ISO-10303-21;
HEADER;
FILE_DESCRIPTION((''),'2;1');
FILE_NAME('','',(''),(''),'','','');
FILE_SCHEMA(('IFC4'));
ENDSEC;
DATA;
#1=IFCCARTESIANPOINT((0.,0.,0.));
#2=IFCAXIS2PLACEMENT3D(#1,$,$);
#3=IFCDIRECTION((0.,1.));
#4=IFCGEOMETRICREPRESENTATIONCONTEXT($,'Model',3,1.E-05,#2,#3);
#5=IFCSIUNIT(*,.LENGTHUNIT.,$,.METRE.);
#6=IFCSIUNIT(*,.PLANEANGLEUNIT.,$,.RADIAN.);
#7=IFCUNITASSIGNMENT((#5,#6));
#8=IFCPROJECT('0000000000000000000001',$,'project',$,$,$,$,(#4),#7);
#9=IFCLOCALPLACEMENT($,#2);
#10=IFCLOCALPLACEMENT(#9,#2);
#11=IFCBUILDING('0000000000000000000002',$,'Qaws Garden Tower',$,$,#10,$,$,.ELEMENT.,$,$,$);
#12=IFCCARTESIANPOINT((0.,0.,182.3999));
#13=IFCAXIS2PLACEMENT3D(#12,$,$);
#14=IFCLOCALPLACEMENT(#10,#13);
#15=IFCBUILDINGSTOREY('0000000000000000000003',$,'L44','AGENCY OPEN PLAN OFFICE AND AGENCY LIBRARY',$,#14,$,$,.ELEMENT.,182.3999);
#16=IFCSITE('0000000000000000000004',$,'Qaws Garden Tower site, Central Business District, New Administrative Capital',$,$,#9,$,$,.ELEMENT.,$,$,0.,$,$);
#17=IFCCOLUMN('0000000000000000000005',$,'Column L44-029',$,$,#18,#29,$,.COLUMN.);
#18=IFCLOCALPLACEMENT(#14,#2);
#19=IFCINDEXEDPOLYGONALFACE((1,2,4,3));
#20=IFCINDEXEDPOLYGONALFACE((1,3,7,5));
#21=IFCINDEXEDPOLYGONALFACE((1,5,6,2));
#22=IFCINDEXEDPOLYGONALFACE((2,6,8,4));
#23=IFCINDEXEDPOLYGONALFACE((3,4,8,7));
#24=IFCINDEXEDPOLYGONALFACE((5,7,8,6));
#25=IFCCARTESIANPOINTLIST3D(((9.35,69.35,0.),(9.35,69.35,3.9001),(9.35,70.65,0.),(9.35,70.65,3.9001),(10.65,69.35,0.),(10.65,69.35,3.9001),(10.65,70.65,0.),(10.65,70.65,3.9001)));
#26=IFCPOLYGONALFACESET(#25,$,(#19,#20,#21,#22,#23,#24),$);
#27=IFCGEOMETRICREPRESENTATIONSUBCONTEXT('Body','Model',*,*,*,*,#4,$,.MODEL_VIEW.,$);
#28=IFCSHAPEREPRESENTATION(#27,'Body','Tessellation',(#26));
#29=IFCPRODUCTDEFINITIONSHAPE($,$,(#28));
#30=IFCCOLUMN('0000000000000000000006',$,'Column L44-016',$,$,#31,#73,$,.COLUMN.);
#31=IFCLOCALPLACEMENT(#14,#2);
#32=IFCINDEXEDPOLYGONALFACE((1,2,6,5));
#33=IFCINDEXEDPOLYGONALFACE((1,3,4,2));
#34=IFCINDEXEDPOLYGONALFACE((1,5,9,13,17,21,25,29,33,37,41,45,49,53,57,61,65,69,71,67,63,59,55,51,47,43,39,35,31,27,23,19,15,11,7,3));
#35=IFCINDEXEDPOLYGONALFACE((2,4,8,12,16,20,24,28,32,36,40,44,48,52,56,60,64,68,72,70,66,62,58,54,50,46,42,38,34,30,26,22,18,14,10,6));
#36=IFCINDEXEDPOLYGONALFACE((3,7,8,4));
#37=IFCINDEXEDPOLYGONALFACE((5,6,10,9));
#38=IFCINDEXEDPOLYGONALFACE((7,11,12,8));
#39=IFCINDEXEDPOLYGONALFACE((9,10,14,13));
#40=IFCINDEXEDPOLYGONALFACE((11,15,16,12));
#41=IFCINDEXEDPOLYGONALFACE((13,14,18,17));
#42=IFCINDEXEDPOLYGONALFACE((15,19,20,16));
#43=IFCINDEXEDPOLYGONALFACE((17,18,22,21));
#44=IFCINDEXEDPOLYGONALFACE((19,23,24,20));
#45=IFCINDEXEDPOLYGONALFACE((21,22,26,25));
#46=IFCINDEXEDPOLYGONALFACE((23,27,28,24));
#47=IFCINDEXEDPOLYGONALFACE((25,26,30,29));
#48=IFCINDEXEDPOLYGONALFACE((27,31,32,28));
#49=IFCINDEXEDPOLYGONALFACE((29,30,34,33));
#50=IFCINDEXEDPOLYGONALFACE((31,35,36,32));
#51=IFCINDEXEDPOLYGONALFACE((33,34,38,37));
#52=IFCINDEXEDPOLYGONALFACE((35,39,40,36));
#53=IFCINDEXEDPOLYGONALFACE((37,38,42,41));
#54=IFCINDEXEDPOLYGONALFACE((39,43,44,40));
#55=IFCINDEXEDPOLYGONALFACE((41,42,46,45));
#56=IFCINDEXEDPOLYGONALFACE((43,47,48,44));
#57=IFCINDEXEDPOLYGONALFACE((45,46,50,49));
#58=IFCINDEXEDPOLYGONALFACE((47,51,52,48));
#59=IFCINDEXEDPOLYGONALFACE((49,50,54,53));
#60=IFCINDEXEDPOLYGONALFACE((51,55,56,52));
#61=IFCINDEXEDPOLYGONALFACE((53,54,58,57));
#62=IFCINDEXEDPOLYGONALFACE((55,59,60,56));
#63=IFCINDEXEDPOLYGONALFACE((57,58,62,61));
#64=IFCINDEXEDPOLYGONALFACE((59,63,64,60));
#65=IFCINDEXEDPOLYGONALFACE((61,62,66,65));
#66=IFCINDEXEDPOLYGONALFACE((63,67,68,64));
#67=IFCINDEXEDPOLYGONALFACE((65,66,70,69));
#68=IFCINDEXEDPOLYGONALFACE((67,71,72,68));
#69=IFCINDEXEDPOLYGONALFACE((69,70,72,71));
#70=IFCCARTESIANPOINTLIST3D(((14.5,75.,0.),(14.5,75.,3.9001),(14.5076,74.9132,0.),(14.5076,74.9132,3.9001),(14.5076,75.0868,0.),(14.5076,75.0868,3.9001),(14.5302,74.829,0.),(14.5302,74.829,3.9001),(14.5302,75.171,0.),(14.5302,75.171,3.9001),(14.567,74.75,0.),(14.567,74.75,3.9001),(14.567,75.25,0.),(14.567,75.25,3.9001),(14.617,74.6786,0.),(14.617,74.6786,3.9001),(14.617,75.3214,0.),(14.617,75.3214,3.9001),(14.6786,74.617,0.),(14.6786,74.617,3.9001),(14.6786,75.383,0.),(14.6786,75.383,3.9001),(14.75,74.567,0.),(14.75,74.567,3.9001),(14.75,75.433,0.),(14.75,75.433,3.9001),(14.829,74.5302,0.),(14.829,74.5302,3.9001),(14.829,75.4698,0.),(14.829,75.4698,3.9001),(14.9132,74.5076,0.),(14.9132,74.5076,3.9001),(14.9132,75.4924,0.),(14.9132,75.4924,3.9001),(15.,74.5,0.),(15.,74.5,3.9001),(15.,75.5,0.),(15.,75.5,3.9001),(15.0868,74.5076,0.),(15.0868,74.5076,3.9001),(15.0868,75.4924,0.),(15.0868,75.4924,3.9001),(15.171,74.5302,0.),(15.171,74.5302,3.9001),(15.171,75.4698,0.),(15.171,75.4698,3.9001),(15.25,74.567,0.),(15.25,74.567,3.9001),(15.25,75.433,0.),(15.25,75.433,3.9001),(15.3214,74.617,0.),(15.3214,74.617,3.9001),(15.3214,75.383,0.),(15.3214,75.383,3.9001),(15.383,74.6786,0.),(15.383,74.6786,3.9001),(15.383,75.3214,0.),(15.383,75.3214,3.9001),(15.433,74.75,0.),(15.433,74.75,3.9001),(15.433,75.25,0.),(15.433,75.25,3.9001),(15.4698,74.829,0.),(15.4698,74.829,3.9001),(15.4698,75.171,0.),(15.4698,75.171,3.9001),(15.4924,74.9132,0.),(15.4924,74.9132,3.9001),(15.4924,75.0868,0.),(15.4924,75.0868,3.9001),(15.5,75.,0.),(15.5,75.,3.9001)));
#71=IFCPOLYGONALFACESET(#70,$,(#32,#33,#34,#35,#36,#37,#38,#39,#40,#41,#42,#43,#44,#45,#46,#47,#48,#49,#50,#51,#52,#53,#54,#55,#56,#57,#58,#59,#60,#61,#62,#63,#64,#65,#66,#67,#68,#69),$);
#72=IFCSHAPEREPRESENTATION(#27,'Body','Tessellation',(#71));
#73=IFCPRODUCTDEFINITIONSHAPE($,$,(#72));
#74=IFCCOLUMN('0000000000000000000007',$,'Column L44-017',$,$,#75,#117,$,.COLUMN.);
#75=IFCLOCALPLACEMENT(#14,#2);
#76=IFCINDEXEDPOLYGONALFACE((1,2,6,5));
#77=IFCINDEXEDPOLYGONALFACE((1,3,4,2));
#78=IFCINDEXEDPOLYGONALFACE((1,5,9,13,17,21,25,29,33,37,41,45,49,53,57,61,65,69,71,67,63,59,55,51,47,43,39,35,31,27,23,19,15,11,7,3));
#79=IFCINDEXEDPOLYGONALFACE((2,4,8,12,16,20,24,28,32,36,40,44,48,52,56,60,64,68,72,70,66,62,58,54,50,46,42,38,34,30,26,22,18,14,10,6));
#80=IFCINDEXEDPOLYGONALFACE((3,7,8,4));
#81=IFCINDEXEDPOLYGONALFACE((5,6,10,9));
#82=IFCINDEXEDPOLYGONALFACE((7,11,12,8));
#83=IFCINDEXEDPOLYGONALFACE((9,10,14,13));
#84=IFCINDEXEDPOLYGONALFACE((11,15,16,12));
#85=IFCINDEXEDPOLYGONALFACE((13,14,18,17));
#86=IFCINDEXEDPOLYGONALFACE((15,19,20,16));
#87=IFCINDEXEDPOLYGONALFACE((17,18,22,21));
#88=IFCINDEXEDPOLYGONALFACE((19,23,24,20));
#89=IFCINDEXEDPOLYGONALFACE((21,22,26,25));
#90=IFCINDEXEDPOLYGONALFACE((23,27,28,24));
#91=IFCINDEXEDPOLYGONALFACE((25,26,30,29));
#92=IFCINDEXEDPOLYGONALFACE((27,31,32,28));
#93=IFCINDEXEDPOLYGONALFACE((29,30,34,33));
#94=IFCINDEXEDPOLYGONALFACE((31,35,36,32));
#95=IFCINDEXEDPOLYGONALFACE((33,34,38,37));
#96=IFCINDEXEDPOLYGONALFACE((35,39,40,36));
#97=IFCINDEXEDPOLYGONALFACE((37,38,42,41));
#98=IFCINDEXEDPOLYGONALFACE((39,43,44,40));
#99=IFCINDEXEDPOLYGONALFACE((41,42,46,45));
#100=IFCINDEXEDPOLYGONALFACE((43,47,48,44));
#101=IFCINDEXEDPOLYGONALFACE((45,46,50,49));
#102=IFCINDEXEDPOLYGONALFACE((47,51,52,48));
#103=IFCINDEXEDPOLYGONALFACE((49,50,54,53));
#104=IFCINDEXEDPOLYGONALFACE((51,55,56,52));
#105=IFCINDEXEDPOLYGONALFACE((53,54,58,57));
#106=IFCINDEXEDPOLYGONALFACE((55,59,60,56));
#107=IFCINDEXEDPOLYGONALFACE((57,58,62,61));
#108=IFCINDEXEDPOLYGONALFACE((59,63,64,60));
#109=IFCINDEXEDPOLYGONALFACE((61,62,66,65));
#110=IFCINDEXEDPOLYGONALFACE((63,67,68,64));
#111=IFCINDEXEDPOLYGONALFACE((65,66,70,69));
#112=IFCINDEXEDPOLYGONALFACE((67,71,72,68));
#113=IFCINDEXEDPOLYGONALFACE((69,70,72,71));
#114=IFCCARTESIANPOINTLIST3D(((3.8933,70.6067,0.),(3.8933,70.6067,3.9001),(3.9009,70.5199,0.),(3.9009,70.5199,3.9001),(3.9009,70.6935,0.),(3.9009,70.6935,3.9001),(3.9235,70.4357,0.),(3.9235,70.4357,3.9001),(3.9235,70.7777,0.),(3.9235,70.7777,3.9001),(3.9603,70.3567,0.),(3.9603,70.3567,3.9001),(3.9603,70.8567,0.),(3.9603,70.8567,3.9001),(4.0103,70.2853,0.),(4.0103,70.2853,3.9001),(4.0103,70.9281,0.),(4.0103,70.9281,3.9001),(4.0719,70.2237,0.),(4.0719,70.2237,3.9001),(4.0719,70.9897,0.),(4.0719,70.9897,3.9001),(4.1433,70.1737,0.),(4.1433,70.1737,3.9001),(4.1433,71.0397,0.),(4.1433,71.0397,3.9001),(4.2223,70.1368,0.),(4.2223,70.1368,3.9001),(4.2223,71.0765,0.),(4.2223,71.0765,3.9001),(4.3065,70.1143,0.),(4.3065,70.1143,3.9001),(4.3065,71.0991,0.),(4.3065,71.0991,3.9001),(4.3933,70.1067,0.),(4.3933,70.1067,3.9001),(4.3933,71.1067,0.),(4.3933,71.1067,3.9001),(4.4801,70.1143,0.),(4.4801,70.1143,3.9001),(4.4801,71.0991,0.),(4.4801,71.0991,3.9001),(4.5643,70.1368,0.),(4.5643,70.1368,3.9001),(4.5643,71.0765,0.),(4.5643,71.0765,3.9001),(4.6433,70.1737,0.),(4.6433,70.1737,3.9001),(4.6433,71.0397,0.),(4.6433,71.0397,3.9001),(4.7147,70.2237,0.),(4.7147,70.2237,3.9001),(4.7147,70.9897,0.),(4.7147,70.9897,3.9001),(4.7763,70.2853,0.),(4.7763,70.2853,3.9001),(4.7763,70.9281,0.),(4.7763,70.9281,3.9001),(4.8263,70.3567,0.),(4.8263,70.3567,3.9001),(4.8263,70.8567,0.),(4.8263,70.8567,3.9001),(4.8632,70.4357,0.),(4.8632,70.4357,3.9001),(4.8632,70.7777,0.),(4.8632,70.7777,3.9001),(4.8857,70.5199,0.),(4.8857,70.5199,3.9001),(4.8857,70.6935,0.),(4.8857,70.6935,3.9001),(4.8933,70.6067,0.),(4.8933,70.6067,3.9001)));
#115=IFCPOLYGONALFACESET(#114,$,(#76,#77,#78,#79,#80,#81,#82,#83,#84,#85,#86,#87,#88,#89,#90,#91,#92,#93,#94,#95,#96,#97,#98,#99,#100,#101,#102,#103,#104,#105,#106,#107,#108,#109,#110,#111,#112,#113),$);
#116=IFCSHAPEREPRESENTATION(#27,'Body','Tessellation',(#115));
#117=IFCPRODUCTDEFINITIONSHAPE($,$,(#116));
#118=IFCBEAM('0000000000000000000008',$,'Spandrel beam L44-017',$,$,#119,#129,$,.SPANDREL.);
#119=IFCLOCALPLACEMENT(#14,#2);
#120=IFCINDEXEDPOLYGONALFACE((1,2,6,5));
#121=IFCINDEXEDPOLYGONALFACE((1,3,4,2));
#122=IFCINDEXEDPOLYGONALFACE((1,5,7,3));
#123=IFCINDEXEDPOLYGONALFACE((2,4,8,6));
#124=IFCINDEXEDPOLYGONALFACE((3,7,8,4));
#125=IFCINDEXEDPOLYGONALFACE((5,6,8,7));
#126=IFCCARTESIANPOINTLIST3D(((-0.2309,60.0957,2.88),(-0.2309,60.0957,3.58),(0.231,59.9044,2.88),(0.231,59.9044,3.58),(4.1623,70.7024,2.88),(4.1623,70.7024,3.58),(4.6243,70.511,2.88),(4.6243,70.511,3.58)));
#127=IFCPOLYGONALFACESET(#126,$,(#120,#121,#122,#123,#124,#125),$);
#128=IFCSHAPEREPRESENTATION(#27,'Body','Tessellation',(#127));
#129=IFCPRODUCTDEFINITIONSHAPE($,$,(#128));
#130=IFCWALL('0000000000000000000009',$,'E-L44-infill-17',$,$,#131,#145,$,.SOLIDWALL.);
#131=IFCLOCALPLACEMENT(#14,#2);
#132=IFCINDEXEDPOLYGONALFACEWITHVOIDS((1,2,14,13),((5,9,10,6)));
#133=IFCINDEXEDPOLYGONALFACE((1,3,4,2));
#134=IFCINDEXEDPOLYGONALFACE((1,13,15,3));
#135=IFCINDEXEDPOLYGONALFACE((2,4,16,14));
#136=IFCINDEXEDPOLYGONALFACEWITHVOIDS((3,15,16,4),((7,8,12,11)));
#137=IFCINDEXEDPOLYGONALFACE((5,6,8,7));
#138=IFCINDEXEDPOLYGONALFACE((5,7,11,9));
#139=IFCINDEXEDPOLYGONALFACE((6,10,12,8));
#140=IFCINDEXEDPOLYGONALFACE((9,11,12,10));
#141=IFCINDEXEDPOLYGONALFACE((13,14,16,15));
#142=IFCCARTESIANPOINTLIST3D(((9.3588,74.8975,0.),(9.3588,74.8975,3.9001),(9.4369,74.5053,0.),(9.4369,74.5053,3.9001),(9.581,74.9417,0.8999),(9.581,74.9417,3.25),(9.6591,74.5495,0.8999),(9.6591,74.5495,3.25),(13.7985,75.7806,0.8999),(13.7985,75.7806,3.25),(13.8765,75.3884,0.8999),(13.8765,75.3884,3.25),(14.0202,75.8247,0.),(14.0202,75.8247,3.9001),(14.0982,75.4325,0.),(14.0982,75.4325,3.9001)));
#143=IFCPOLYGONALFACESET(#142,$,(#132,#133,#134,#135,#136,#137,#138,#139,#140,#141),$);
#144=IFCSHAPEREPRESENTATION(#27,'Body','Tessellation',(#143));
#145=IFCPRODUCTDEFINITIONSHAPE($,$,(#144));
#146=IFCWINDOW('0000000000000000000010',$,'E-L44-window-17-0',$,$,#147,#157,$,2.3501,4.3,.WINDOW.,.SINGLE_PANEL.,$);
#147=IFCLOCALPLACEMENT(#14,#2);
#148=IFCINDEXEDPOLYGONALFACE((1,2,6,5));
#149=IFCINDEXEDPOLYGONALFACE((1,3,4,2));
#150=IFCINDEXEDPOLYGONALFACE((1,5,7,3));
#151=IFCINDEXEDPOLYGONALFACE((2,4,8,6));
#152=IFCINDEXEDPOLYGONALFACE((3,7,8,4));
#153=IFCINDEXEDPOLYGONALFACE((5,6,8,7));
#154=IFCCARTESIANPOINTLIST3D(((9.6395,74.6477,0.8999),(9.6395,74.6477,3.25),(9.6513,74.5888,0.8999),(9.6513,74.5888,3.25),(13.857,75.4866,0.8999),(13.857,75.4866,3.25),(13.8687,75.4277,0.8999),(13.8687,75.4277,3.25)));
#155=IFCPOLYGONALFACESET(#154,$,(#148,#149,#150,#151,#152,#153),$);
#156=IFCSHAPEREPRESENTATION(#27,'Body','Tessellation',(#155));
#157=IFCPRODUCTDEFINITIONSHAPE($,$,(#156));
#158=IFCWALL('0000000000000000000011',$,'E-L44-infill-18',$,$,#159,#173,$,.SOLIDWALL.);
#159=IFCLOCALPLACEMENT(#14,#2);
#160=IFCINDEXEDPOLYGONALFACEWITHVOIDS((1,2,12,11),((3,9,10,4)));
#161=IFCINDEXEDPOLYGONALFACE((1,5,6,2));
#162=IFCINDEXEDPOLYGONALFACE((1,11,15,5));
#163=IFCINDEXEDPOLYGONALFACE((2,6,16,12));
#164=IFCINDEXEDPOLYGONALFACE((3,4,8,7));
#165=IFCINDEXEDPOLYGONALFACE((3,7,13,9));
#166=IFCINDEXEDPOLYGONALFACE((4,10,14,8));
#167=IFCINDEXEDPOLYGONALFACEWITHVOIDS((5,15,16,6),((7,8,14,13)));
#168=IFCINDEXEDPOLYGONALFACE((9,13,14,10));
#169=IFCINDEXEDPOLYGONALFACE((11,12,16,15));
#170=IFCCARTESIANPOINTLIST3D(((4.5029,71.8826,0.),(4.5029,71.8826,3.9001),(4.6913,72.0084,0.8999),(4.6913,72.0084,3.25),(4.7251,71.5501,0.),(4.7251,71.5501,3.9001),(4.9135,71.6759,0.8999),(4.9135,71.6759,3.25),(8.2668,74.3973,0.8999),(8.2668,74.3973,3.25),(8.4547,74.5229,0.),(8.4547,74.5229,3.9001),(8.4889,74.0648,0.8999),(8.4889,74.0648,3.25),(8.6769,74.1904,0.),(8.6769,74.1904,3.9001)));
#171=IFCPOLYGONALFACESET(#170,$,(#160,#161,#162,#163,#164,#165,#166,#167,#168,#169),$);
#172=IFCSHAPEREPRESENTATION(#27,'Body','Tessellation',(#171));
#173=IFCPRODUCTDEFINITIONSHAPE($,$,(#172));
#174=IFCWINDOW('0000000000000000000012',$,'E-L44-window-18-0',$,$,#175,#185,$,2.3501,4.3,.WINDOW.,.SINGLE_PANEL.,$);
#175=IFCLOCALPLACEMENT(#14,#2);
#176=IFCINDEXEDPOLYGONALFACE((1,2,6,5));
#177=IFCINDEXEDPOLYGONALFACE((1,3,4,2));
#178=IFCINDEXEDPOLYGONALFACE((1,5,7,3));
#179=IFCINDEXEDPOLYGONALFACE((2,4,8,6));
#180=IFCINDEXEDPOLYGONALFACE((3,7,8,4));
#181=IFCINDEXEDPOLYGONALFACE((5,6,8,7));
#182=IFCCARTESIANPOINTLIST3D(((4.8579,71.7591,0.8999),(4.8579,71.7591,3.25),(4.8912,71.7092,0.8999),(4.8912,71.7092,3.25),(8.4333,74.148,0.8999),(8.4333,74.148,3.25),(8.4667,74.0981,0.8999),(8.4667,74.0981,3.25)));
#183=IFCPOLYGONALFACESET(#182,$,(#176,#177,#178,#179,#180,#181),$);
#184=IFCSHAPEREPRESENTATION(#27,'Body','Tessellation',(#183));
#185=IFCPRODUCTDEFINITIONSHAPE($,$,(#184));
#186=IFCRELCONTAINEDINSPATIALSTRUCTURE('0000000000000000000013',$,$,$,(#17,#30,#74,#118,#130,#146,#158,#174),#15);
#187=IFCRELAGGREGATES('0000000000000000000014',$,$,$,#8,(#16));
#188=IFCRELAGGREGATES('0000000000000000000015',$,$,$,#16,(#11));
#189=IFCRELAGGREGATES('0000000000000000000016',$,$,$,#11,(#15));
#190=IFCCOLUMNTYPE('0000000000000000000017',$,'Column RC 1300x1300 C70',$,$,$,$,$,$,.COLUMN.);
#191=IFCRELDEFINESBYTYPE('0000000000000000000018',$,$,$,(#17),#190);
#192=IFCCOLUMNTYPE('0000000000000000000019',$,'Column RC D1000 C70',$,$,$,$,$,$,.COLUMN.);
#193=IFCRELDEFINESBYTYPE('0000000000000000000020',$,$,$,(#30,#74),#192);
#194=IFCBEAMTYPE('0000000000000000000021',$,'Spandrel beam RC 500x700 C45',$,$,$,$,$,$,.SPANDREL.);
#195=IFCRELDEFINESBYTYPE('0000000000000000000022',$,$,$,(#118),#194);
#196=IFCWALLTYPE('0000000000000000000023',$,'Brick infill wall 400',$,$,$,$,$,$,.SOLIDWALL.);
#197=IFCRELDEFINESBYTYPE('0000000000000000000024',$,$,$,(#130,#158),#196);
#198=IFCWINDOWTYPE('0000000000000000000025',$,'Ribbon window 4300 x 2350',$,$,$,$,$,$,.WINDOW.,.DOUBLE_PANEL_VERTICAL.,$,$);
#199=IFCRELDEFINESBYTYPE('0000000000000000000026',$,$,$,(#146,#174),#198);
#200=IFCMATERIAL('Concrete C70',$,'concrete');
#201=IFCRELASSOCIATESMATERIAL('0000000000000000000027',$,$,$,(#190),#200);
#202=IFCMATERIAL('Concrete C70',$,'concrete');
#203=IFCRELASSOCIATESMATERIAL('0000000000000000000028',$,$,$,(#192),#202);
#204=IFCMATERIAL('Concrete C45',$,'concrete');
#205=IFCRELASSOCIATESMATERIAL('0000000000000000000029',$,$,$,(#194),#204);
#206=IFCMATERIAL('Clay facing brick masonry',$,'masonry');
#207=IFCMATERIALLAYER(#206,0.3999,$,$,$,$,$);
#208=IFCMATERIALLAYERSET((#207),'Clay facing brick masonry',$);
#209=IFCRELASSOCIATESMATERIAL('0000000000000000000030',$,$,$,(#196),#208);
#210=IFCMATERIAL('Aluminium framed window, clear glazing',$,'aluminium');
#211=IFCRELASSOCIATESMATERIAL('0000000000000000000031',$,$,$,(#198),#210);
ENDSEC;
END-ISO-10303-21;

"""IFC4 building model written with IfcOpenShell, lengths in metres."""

from ifc_helpers import new_model, si_unit, direction, frame, frame_2d, origin, origin_2d, place, context, subcontext, project, spatial, rectangle, circle, extrude, material, layer, layer_set, material_profile, profile_set, type_object, element, fill, save


model = new_model("IFC4")

# Units and contexts
model_context = context("Model", 3, precision=1e-05, world=origin(), true_north=direction((0.0, 1.0)))
body_context = subcontext(model_context, "Body", "Model", "MODEL_VIEW")
ifc_project = project(units=[si_unit("LENGTHUNIT", "METRE"), si_unit("PLANEANGLEUNIT", "RADIAN")], contexts=[model_context])

# Site, building, storey
site_placement = place(None, origin())
site = spatial("IfcSite", under=ifc_project, at=site_placement, Name="Qaws Garden Tower site, Central Business District, New Administrative Capital", CompositionType="ELEMENT", RefElevation=0.0)
building_placement = place(site_placement, origin())
building = spatial("IfcBuilding", under=site, at=building_placement, Name="Qaws Garden Tower", CompositionType="ELEMENT")
storey_placement = place(building_placement, frame((0.0, 0.0, 182.3999)))
storey = spatial("IfcBuildingStorey", under=building, at=storey_placement, Name="L44", Description="AGENCY OPEN PLAN OFFICE AND AGENCY LIBRARY", CompositionType="ELEMENT", Elevation=182.3999)

# Columns
ifc_material_1 = material(Name="Concrete C70", Category="concrete")
ifc_material_profile_1 = material_profile(ifc_material_1, rectangle(XDim=1.3, YDim=1.3, at=origin_2d()), Name="RC 1300x1300")
ifc_profile_set_1 = profile_set([ifc_material_profile_1], Name="Concrete C70")
column_type_1 = type_object("IfcColumnType", Name="Column RC 1300x1300 C70", PredefinedType="COLUMN", material=ifc_profile_set_1)
column_placement = place(storey_placement, frame((10.0, 70.0, 0.0), z_axis=(0.0, 0.0, 1.0), x_axis=(1.0, 0.0, 0.0)))
element("IfcColumn", 1, at=column_placement, inside=storey, type_object=column_type_1, Name="Column L44-029", PredefinedType="COLUMN", context=body_context, shape_type="SweptSolid", body=[
    extrude(rectangle(XDim=1.3, YDim=1.3, at=origin_2d()), origin(), (0.0, 0.0, 1.0), 3.9001),
])
ifc_material_2 = material(Name="Concrete C70", Category="concrete")
ifc_material_profile_2 = material_profile(ifc_material_2, circle(Radius=0.5, at=origin_2d()), Name="RC D1000")
ifc_profile_set_2 = profile_set([ifc_material_profile_2], Name="Concrete C70")
column_type_2 = type_object("IfcColumnType", Name="Column RC D1000 C70", PredefinedType="COLUMN", material=ifc_profile_set_2)
for number, where, z_axis, x_axis, name in (
    (2, (15.0, 75.0, 0.0), (0.0, 0.0, 1.0), (1.0, 0.0, 0.0), "Column L44-016"),
    (3, (4.3933, 70.6067, 0.0), (0.0, 0.0, 1.0), (1.0, 0.0, 0.0), "Column L44-017"),
):
    element("IfcColumn", number, at=place(storey_placement, frame(where, z_axis=z_axis, x_axis=x_axis)), inside=storey, type_object=column_type_2, Name=name, PredefinedType="COLUMN", context=body_context, shape_type="SweptSolid", body=[
        extrude(circle(Radius=0.5, at=origin_2d()), origin(), (0.0, 0.0, 1.0), 3.9001),
    ])

# Beam
ifc_material_3 = material(Name="Concrete C45", Category="concrete")
ifc_material_profile_3 = material_profile(ifc_material_3, rectangle(XDim=0.5, YDim=0.7, at=origin_2d()), Name="RC 500x700")
ifc_profile_set_3 = profile_set([ifc_material_profile_3], Name="Concrete C45")
beam_type = type_object("IfcBeamType", Name="Spandrel beam RC 500x700 C45", PredefinedType="SPANDREL", material=ifc_profile_set_3)
beam_placement = place(storey_placement, frame((4.3933, 70.6067, 3.23), z_axis=(-0.382674, -0.923883, 0.0), x_axis=(0.923883, -0.382674, 0.0)))
element("IfcBeam", 4, at=beam_placement, inside=storey, type_object=beam_type, Name="Spandrel beam L44-017", PredefinedType="SPANDREL", context=body_context, shape_type="SweptSolid", body=[
    extrude(rectangle(XDim=0.5, YDim=0.7, at=origin_2d()), origin(), (0.0, 0.0, 1.0), 11.4805),
])

# Walls, openings, windows
ifc_material_4 = material(Name="Clay facing brick masonry", Category="masonry")
ifc_layer_1 = layer(ifc_material_4, 0.3999)
ifc_layer_set_1 = layer_set([ifc_layer_1], Name="Clay facing brick masonry")
wall_type_1 = type_object("IfcWallType", Name="Brick infill wall 400", PredefinedType="SOLIDWALL", material=ifc_layer_set_1)
wall_1_placement = place(storey_placement, frame((14.0593, 75.6287, 0.0), z_axis=(0.0, 0.0, 1.0), x_axis=(-0.980784, -0.195099, 0.0)))
wall_1 = element("IfcWall", 5, at=wall_1_placement, inside=storey, type_object=wall_type_1, Name="E-L44-infill-17", PredefinedType="SOLIDWALL", context=body_context, shape_type="SweptSolid", body=[
    extrude(rectangle(XDim=4.7527, YDim=0.3999, at=frame_2d((2.3765, 0.0))), origin(), (0.0, 0.0, 1.0), 3.9001),
])
opening_1_placement = place(wall_1_placement, frame((0.2263, 0.0, 0.8999)))
opening_1 = element("IfcOpeningElement", 6, at=opening_1_placement, cuts=wall_1, PredefinedType="OPENING", context=body_context, shape_type="SweptSolid", body=[
    extrude(rectangle(XDim=4.3, YDim=2.3501, at=frame_2d((2.1499, 1.175))), frame((0.0, 0.21, 0.0), z_axis=(0.0, -1.0, 0.0), x_axis=(1.0, 0.0, 0.0)), (0.0, 0.0, 1.0), 0.4199),
])
ifc_material_5 = material(Name="Aluminium framed window, clear glazing", Category="aluminium")
window_type = type_object("IfcWindowType", Name="Ribbon window 4300 x 2350", PartitioningType="DOUBLE_PANEL_VERTICAL", PredefinedType="WINDOW", material=ifc_material_5)
window_1_placement = place(opening_1_placement, origin())
window_1 = element("IfcWindow", 7, at=window_1_placement, inside=storey, type_object=window_type, Name="E-L44-window-17-0", OverallHeight=2.3501, OverallWidth=4.3, PartitioningType="SINGLE_PANEL", PredefinedType="WINDOW", context=body_context, shape_type="SweptSolid", body=[
    extrude(rectangle(XDim=4.3, YDim=2.3501, at=frame_2d((2.1499, 1.175))), frame((0.0, 0.1599, 0.0), z_axis=(0.0, -1.0, 0.0), x_axis=(1.0, 0.0, 0.0)), (0.0, 0.0, 1.0), 0.0601),
])
fill(opening_1, window_1)
wall_2_placement = place(storey_placement, frame((8.5659, 74.3567, 0.0), z_axis=(0.0, 0.0, 1.0), x_axis=(-0.831489, -0.555542, 0.0)))
wall_2 = element("IfcWall", 8, at=wall_2_placement, inside=storey, type_object=wall_type_1, Name="E-L44-infill-18", PredefinedType="SOLIDWALL", context=body_context, shape_type="SweptSolid", body=[
    extrude(rectangle(XDim=4.7527, YDim=0.3999, at=frame_2d((2.3765, 0.0))), origin(), (0.0, 0.0, 1.0), 3.9001),
])
opening_2_placement = place(wall_2_placement, frame((0.2263, 0.0, 0.8999)))
opening_2 = element("IfcOpeningElement", 9, at=opening_2_placement, cuts=wall_2, PredefinedType="OPENING", context=body_context, shape_type="SweptSolid", body=[
    extrude(rectangle(XDim=4.3, YDim=2.3501, at=frame_2d((2.1499, 1.175))), frame((0.0, 0.21, 0.0), z_axis=(0.0, -1.0, 0.0), x_axis=(1.0, 0.0, 0.0)), (0.0, 0.0, 1.0), 0.4199),
])
window_2_placement = place(opening_2_placement, origin())
window_2 = element("IfcWindow", 10, at=window_2_placement, inside=storey, type_object=window_type, Name="E-L44-window-18-0", OverallHeight=2.3501, OverallWidth=4.3, PartitioningType="SINGLE_PANEL", PredefinedType="WINDOW", context=body_context, shape_type="SweptSolid", body=[
    extrude(rectangle(XDim=4.3, YDim=2.3501, at=frame_2d((2.1499, 1.175))), frame((0.0, 0.1599, 0.0), z_axis=(0.0, -1.0, 0.0), x_axis=(1.0, 0.0, 0.0)), (0.0, 0.0, 1.0), 0.0601),
])
fill(opening_2, window_2)

save(model, "model.ifc")
